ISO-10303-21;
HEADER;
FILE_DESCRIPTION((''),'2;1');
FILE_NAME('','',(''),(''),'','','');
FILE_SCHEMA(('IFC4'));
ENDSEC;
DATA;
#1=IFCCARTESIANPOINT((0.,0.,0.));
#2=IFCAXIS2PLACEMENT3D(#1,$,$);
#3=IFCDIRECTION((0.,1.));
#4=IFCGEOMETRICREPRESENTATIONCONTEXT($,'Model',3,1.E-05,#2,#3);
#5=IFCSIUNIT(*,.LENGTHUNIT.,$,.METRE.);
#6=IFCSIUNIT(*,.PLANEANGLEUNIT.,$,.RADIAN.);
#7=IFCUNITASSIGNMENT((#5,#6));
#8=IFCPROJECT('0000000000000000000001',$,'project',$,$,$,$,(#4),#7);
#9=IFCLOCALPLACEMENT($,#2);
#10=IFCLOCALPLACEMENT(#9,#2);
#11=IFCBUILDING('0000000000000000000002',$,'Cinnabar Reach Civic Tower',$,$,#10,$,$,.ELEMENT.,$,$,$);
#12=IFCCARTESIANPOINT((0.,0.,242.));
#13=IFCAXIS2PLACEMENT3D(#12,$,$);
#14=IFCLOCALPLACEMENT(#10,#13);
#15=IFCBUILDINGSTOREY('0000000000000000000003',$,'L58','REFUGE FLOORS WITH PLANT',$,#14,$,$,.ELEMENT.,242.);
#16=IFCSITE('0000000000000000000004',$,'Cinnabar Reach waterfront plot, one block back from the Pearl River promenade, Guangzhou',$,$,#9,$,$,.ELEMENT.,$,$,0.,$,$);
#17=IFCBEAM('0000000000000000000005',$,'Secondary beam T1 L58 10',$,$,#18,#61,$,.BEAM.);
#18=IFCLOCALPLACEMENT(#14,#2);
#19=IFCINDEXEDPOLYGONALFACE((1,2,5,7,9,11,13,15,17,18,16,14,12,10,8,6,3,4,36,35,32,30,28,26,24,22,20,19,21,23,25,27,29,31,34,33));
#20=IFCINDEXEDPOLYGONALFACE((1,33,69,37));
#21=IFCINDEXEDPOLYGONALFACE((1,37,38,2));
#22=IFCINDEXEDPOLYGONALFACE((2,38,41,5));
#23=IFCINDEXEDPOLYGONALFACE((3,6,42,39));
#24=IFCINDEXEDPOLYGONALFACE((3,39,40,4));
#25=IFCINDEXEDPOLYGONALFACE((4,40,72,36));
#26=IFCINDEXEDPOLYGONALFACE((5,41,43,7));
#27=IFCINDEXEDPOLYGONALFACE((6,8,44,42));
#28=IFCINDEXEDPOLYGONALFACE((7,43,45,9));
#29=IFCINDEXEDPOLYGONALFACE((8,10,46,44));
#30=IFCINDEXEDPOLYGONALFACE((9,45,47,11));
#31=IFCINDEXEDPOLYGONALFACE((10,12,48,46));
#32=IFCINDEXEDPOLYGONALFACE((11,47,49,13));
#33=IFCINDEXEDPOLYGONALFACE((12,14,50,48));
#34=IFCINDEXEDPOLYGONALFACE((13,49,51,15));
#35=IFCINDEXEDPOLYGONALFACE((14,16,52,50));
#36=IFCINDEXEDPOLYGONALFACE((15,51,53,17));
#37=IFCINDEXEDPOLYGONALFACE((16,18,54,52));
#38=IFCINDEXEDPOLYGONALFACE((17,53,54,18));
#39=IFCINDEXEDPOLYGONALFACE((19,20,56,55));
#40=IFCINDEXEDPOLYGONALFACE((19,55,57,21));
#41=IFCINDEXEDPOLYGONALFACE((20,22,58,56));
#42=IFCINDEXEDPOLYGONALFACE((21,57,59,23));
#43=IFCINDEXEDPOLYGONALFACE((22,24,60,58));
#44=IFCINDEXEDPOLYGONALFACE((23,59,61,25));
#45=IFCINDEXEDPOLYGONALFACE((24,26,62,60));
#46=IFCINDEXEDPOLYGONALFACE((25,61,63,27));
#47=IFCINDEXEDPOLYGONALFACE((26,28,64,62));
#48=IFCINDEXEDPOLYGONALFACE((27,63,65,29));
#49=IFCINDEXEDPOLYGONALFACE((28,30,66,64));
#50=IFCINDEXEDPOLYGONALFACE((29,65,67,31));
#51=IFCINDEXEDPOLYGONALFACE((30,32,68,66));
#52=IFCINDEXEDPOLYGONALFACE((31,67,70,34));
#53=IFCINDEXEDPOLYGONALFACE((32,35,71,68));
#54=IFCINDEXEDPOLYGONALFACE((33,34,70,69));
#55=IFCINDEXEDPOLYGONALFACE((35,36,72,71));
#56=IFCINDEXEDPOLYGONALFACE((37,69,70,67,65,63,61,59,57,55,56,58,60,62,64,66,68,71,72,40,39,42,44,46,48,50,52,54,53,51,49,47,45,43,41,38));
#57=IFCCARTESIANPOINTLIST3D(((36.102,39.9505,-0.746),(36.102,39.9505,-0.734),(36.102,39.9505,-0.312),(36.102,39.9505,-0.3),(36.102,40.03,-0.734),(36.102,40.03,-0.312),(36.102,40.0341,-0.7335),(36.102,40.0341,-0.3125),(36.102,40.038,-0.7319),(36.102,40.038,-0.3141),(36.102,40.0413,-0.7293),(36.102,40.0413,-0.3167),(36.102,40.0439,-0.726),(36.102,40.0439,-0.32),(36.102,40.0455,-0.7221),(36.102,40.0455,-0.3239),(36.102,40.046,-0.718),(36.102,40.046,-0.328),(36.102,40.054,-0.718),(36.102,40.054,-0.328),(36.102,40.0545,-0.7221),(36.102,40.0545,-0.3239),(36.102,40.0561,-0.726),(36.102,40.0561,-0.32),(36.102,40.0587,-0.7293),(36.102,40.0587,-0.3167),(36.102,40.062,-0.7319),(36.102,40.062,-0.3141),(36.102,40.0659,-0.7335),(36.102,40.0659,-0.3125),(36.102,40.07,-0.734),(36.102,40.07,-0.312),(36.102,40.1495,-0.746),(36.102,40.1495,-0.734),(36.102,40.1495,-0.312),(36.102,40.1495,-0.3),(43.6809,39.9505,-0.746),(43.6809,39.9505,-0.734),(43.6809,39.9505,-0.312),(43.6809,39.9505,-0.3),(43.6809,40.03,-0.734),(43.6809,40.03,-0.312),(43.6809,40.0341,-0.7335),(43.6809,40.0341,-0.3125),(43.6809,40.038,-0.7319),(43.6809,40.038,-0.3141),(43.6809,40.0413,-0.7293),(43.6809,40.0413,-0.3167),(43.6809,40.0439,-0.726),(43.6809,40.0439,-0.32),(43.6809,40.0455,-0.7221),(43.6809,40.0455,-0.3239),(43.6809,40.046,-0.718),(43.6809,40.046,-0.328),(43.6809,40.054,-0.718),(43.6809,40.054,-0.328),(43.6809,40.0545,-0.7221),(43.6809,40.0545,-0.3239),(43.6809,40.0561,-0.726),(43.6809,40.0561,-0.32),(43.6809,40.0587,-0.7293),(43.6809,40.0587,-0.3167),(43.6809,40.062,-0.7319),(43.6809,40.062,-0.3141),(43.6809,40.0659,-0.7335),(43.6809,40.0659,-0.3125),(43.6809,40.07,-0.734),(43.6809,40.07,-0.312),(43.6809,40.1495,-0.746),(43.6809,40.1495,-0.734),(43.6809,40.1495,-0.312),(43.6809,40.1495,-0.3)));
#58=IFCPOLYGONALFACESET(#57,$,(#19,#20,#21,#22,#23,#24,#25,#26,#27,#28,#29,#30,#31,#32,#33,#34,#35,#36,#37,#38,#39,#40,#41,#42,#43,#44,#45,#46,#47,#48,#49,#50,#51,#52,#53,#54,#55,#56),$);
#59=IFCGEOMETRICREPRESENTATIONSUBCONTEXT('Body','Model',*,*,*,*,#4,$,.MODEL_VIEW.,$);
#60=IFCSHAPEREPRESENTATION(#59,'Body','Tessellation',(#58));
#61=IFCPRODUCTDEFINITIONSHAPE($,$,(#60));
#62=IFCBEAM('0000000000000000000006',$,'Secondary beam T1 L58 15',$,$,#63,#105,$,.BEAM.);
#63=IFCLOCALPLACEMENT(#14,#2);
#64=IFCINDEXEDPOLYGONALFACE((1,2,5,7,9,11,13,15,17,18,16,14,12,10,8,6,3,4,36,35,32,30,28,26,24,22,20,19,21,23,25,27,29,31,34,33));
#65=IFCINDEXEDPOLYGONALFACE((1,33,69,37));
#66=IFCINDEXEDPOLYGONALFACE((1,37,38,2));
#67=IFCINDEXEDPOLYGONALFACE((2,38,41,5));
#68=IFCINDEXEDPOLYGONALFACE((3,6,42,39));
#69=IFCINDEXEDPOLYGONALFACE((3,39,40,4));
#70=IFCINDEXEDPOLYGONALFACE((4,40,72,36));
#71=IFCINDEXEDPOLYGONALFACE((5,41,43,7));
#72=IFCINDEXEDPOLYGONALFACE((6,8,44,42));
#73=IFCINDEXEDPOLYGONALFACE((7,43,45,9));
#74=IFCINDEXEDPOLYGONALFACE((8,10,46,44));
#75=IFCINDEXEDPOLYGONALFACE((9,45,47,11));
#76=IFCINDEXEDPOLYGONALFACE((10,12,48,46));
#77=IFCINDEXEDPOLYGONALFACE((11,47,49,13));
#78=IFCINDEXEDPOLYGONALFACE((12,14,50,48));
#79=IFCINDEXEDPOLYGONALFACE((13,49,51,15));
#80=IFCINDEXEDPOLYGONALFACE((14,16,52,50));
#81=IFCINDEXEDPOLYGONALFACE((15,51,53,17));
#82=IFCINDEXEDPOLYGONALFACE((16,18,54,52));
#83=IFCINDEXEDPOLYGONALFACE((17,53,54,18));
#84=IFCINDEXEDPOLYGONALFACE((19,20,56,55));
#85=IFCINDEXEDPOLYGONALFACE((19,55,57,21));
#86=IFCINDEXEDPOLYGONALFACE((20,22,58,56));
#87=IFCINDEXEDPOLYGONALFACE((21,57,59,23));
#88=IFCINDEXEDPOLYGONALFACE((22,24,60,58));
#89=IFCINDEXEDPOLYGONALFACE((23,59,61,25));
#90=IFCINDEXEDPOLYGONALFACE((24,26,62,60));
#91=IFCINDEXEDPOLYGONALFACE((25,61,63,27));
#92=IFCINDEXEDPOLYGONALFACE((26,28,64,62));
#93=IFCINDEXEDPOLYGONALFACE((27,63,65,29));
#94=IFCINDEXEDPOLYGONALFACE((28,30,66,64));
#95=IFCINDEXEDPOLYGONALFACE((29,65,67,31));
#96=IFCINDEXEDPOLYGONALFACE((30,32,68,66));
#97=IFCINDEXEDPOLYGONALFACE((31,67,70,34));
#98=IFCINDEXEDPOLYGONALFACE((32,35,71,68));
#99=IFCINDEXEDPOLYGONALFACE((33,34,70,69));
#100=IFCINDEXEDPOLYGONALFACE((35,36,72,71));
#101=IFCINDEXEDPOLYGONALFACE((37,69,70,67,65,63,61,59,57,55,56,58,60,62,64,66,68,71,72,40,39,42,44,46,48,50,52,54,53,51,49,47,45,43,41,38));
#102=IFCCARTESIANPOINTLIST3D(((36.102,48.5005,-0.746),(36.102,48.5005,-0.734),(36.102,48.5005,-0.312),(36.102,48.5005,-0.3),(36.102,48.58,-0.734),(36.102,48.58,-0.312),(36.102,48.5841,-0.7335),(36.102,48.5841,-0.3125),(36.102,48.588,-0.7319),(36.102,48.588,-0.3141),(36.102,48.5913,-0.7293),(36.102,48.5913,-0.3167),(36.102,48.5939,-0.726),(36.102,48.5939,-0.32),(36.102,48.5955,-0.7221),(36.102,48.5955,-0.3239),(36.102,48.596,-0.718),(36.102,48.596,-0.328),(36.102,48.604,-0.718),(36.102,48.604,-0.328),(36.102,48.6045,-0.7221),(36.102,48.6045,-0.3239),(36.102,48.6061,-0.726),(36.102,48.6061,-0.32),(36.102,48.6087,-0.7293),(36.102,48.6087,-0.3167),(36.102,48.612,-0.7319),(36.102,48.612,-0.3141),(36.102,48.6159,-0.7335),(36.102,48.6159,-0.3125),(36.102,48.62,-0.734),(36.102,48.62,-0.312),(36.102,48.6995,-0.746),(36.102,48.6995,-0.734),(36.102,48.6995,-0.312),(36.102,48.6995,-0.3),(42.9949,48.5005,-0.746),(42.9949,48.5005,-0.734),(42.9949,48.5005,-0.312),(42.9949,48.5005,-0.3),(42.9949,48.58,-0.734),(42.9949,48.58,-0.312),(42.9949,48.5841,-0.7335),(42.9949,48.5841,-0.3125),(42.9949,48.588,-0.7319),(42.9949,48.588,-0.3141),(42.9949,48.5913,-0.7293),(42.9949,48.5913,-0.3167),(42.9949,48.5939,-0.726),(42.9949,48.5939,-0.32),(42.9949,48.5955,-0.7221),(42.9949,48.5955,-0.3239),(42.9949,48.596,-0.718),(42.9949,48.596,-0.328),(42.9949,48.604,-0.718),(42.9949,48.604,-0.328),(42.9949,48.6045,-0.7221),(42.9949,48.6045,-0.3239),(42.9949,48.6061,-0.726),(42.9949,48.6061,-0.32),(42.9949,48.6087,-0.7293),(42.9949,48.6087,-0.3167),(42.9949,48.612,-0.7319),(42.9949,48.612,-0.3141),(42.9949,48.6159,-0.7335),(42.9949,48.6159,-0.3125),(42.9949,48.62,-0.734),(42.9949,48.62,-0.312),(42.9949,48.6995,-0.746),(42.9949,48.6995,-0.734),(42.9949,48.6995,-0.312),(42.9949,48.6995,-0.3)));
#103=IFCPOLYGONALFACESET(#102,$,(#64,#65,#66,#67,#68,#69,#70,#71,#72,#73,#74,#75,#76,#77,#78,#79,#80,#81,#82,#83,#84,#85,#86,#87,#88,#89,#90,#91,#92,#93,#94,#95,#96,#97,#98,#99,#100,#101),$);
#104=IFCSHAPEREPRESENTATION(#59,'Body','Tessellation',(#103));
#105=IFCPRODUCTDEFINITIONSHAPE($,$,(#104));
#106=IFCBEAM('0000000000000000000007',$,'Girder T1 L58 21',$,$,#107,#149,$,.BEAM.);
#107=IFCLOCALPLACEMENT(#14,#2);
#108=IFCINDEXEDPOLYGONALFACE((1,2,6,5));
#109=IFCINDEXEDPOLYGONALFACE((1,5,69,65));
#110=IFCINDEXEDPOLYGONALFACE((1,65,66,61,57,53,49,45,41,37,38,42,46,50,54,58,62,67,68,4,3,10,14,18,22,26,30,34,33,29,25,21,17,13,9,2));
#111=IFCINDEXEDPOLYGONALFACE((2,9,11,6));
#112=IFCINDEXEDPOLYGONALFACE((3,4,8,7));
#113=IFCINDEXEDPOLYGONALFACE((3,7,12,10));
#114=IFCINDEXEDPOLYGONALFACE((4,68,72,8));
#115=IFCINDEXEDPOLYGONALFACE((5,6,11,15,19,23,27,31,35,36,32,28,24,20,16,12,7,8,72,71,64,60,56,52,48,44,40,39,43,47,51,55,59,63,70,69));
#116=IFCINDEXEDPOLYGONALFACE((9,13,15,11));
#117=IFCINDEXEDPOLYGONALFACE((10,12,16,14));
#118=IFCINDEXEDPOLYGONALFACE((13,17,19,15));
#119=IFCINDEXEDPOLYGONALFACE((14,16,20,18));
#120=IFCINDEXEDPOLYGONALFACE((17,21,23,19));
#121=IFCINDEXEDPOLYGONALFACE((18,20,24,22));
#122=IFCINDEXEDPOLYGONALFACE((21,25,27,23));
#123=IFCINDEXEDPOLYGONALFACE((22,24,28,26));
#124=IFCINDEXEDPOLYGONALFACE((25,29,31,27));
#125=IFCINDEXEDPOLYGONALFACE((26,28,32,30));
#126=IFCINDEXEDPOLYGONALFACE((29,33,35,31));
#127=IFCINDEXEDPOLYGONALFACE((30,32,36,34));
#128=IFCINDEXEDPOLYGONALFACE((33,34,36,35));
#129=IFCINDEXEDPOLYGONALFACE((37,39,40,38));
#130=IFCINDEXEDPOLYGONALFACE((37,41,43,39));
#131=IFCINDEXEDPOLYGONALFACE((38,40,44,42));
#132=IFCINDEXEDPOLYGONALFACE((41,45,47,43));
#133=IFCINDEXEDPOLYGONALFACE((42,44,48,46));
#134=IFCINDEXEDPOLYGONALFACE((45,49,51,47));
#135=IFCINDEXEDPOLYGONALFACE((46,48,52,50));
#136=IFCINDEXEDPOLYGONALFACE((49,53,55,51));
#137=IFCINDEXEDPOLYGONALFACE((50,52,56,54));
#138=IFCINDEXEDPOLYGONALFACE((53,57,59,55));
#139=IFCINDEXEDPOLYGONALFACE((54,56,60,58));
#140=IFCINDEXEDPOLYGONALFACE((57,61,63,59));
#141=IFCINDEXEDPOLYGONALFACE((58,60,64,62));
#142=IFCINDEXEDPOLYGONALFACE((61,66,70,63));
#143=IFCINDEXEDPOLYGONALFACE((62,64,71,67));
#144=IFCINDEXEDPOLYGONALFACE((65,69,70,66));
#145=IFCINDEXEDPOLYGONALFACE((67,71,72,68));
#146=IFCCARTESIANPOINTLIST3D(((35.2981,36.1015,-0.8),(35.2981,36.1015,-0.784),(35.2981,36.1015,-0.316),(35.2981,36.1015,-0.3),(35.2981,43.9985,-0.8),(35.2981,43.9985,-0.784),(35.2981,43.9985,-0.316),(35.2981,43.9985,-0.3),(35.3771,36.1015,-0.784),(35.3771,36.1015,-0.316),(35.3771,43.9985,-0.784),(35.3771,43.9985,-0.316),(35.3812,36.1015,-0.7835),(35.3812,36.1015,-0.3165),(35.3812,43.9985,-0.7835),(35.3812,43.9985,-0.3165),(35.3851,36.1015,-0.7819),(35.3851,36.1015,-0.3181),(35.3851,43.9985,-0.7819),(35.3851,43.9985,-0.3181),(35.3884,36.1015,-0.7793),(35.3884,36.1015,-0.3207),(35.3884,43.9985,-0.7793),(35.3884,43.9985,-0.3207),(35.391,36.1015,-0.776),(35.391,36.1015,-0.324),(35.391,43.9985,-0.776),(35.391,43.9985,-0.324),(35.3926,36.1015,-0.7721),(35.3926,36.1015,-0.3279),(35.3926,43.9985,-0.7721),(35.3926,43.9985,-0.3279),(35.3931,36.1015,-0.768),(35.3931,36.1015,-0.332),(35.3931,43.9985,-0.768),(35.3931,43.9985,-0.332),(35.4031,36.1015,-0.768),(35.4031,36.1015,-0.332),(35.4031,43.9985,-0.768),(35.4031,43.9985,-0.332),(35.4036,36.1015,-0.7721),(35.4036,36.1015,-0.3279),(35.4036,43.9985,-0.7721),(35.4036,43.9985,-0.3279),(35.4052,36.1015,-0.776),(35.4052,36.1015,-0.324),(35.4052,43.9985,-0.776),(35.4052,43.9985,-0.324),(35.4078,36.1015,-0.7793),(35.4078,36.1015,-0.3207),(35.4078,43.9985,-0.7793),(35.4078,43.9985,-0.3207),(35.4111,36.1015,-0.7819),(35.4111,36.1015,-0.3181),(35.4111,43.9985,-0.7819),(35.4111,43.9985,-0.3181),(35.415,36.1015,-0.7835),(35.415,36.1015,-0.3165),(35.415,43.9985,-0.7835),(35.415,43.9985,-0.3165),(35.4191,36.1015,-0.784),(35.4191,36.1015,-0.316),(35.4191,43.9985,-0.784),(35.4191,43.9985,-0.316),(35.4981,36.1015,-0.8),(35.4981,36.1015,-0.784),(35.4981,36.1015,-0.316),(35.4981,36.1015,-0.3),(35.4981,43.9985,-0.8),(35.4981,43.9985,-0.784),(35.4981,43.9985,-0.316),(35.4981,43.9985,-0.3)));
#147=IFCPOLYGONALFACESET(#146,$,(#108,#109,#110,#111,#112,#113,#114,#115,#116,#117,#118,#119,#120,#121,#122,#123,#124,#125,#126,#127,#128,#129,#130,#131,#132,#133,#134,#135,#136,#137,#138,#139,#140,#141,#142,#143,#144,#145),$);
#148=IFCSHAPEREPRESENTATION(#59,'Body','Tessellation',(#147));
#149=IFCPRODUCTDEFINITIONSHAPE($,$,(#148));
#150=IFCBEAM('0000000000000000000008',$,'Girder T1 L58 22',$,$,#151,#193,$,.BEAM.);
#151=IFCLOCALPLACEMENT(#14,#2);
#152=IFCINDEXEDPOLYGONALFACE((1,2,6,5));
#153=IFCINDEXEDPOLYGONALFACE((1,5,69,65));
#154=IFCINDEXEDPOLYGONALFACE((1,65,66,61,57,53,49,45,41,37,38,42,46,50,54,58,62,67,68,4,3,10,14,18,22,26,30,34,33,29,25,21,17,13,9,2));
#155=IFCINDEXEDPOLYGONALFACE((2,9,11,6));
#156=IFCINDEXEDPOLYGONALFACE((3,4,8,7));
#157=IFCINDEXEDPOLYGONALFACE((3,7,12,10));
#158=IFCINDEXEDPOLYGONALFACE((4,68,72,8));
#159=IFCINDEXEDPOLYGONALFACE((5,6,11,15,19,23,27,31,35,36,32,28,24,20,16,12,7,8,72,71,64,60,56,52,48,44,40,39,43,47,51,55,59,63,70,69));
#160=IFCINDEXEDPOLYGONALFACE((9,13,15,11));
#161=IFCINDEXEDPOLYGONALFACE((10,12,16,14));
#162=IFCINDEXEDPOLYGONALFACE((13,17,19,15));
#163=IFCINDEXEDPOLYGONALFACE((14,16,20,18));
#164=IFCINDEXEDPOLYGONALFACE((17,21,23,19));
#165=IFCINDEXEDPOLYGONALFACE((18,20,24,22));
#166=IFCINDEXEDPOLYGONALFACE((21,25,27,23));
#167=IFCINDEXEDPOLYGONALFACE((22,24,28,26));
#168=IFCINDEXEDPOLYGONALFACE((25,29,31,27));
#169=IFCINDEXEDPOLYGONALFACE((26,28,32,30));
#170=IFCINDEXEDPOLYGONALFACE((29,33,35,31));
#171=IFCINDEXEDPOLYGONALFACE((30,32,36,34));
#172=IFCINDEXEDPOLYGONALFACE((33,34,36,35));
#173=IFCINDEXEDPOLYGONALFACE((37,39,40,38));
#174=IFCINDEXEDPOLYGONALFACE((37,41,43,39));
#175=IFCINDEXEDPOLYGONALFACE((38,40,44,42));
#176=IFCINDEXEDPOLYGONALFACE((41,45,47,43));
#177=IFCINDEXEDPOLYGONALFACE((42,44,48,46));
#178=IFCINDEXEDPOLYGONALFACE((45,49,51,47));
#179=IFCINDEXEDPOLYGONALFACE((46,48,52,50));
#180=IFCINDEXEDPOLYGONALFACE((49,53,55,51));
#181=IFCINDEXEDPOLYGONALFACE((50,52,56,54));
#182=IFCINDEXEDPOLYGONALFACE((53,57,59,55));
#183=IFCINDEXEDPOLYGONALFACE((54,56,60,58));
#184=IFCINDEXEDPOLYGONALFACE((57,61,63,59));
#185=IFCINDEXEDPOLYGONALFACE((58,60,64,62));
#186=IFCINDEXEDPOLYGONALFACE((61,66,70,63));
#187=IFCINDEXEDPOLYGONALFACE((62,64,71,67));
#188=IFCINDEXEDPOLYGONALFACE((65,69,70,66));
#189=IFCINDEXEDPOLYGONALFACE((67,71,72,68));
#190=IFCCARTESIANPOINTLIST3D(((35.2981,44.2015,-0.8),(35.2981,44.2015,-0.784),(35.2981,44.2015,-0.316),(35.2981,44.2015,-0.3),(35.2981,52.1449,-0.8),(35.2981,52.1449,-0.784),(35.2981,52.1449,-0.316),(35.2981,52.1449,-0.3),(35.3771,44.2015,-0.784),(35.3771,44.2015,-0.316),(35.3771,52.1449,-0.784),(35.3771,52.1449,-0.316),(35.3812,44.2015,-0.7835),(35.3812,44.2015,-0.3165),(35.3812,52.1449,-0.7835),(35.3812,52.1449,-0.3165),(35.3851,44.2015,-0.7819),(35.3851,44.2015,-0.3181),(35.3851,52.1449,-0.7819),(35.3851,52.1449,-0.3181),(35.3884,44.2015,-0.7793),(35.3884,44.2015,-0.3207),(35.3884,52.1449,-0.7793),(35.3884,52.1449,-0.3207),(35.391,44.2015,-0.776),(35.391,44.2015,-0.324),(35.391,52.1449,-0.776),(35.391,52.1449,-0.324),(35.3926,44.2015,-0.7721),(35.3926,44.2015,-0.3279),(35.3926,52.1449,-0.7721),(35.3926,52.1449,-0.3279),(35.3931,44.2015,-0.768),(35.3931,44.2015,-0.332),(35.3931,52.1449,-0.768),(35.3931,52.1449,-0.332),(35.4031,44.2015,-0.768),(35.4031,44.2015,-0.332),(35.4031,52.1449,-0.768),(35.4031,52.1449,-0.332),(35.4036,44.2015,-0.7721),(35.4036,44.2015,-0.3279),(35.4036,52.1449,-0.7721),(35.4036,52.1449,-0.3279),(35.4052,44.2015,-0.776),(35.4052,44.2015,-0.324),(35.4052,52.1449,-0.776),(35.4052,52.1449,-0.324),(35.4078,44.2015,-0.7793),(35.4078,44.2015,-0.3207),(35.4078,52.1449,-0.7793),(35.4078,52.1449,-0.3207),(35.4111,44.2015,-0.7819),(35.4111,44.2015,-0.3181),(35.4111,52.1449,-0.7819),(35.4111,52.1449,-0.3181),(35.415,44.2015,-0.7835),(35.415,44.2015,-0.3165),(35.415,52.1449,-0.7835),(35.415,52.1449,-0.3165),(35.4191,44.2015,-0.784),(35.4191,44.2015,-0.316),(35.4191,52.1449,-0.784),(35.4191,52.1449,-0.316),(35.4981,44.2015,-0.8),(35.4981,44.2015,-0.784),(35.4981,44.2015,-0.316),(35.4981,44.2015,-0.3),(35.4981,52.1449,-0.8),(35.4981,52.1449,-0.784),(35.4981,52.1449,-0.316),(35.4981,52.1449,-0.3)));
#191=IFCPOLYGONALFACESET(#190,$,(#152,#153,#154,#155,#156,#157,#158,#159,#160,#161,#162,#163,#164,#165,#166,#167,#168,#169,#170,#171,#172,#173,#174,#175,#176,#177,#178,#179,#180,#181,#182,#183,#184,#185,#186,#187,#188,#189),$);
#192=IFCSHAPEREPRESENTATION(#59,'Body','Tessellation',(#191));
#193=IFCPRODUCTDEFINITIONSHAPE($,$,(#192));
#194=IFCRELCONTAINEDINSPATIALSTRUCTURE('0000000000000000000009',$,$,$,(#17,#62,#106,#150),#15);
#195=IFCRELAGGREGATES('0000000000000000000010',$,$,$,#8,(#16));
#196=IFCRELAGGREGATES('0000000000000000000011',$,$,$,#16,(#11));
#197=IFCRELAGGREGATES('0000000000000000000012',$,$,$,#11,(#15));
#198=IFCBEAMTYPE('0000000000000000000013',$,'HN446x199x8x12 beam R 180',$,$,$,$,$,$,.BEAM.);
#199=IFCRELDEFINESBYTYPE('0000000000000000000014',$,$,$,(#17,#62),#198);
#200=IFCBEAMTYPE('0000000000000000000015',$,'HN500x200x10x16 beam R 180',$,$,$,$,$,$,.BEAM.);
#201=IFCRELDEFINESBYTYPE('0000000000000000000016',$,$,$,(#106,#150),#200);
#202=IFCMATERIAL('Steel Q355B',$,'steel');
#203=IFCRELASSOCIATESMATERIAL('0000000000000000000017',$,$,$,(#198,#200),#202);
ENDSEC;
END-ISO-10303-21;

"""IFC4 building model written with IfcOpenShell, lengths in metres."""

from ifc_helpers import new_model, si_unit, direction, frame, origin, origin_2d, place, context, subcontext, project, spatial, i_section, extrude, material, material_profile, profile_set, type_object, element, save


model = new_model("IFC4")

# Units and contexts
model_context = context("Model", 3, precision=1e-05, world=origin(), true_north=direction((0.0, 1.0)))
body_context = subcontext(model_context, "Body", "Model", "MODEL_VIEW")
ifc_project = project(units=[si_unit("LENGTHUNIT", "METRE"), si_unit("PLANEANGLEUNIT", "RADIAN")], contexts=[model_context])

# Site, building, storey
site_placement = place(None, origin())
site = spatial("IfcSite", under=ifc_project, at=site_placement, Name="Cinnabar Reach waterfront plot, one block back from the Pearl River promenade, Guangzhou", CompositionType="ELEMENT", RefElevation=0.0)
building_placement = place(site_placement, origin())
building = spatial("IfcBuilding", under=site, at=building_placement, Name="Cinnabar Reach Civic Tower", CompositionType="ELEMENT")
storey_placement = place(building_placement, frame((0.0, 0.0, 242.0)))
storey = spatial("IfcBuildingStorey", under=building, at=storey_placement, Name="L58", Description="REFUGE FLOORS WITH PLANT", CompositionType="ELEMENT", Elevation=242.0)

# Beams
ifc_material_1 = material(Name="Steel Q355B", Category="steel")
ifc_material_profile_1 = material_profile(ifc_material_1, i_section(OverallWidth=0.199, OverallDepth=0.446, WebThickness=0.008, FlangeThickness=0.012, FilletRadius=0.016, at=origin_2d()), Name="HN446x199x8x12")
ifc_profile_set_1 = profile_set([ifc_material_profile_1], Name="Steel Q355B")
beam_type_1 = type_object("IfcBeamType", Name="HN446x199x8x12 beam R 180", PredefinedType="BEAM", material=ifc_profile_set_1)
beam_1_placement = place(storey_placement, frame((36.102, 40.05, -0.523), z_axis=(1.0, 0.0, 0.0), x_axis=(0.0, 1.0, 0.0)))
element("IfcBeam", 1, at=beam_1_placement, inside=storey, type_object=beam_type_1, Name="Secondary beam T1 L58 10", PredefinedType="BEAM", context=body_context, shape_type="SweptSolid", body=[
    extrude(i_section(OverallWidth=0.199, OverallDepth=0.446, WebThickness=0.008, FlangeThickness=0.012, FilletRadius=0.016, at=origin_2d()), origin(), (0.0, 0.0, 1.0), 7.5789),
])
beam_2_placement = place(storey_placement, frame((36.102, 48.6, -0.523), z_axis=(1.0, 0.0, 0.0), x_axis=(0.0, 1.0, 0.0)))
element("IfcBeam", 2, at=beam_2_placement, inside=storey, type_object=beam_type_1, Name="Secondary beam T1 L58 15", PredefinedType="BEAM", context=body_context, shape_type="SweptSolid", body=[
    extrude(i_section(OverallWidth=0.199, OverallDepth=0.446, WebThickness=0.008, FlangeThickness=0.012, FilletRadius=0.016, at=origin_2d()), origin(), (0.0, 0.0, 1.0), 6.8929),
])
ifc_material_profile_2 = material_profile(ifc_material_1, i_section(OverallWidth=0.2, OverallDepth=0.5, WebThickness=0.01, FlangeThickness=0.016, FilletRadius=0.016, at=origin_2d()), Name="HN500x200x10x16")
ifc_profile_set_2 = profile_set([ifc_material_profile_2], Name="Steel Q355B")
beam_type_2 = type_object("IfcBeamType", Name="HN500x200x10x16 beam R 180", PredefinedType="BEAM", material=ifc_profile_set_2)
beam_3_placement = place(storey_placement, frame((35.3981, 36.1015, -0.55), z_axis=(0.0, 1.0, 0.0), x_axis=(-1.0, 0.0, 0.0)))
element("IfcBeam", 3, at=beam_3_placement, inside=storey, type_object=beam_type_2, Name="Girder T1 L58 21", PredefinedType="BEAM", context=body_context, shape_type="SweptSolid", body=[
    extrude(i_section(OverallWidth=0.2, OverallDepth=0.5, WebThickness=0.01, FlangeThickness=0.016, FilletRadius=0.016, at=origin_2d()), origin(), (0.0, 0.0, 1.0), 7.897),
])
beam_4_placement = place(storey_placement, frame((35.3981, 44.2015, -0.55), z_axis=(0.0, 1.0, 0.0), x_axis=(-1.0, 0.0, 0.0)))
element("IfcBeam", 4, at=beam_4_placement, inside=storey, type_object=beam_type_2, Name="Girder T1 L58 22", PredefinedType="BEAM", context=body_context, shape_type="SweptSolid", body=[
    extrude(i_section(OverallWidth=0.2, OverallDepth=0.5, WebThickness=0.01, FlangeThickness=0.016, FilletRadius=0.016, at=origin_2d()), origin(), (0.0, 0.0, 1.0), 7.9434),
])

save(model, "model.ifc")
